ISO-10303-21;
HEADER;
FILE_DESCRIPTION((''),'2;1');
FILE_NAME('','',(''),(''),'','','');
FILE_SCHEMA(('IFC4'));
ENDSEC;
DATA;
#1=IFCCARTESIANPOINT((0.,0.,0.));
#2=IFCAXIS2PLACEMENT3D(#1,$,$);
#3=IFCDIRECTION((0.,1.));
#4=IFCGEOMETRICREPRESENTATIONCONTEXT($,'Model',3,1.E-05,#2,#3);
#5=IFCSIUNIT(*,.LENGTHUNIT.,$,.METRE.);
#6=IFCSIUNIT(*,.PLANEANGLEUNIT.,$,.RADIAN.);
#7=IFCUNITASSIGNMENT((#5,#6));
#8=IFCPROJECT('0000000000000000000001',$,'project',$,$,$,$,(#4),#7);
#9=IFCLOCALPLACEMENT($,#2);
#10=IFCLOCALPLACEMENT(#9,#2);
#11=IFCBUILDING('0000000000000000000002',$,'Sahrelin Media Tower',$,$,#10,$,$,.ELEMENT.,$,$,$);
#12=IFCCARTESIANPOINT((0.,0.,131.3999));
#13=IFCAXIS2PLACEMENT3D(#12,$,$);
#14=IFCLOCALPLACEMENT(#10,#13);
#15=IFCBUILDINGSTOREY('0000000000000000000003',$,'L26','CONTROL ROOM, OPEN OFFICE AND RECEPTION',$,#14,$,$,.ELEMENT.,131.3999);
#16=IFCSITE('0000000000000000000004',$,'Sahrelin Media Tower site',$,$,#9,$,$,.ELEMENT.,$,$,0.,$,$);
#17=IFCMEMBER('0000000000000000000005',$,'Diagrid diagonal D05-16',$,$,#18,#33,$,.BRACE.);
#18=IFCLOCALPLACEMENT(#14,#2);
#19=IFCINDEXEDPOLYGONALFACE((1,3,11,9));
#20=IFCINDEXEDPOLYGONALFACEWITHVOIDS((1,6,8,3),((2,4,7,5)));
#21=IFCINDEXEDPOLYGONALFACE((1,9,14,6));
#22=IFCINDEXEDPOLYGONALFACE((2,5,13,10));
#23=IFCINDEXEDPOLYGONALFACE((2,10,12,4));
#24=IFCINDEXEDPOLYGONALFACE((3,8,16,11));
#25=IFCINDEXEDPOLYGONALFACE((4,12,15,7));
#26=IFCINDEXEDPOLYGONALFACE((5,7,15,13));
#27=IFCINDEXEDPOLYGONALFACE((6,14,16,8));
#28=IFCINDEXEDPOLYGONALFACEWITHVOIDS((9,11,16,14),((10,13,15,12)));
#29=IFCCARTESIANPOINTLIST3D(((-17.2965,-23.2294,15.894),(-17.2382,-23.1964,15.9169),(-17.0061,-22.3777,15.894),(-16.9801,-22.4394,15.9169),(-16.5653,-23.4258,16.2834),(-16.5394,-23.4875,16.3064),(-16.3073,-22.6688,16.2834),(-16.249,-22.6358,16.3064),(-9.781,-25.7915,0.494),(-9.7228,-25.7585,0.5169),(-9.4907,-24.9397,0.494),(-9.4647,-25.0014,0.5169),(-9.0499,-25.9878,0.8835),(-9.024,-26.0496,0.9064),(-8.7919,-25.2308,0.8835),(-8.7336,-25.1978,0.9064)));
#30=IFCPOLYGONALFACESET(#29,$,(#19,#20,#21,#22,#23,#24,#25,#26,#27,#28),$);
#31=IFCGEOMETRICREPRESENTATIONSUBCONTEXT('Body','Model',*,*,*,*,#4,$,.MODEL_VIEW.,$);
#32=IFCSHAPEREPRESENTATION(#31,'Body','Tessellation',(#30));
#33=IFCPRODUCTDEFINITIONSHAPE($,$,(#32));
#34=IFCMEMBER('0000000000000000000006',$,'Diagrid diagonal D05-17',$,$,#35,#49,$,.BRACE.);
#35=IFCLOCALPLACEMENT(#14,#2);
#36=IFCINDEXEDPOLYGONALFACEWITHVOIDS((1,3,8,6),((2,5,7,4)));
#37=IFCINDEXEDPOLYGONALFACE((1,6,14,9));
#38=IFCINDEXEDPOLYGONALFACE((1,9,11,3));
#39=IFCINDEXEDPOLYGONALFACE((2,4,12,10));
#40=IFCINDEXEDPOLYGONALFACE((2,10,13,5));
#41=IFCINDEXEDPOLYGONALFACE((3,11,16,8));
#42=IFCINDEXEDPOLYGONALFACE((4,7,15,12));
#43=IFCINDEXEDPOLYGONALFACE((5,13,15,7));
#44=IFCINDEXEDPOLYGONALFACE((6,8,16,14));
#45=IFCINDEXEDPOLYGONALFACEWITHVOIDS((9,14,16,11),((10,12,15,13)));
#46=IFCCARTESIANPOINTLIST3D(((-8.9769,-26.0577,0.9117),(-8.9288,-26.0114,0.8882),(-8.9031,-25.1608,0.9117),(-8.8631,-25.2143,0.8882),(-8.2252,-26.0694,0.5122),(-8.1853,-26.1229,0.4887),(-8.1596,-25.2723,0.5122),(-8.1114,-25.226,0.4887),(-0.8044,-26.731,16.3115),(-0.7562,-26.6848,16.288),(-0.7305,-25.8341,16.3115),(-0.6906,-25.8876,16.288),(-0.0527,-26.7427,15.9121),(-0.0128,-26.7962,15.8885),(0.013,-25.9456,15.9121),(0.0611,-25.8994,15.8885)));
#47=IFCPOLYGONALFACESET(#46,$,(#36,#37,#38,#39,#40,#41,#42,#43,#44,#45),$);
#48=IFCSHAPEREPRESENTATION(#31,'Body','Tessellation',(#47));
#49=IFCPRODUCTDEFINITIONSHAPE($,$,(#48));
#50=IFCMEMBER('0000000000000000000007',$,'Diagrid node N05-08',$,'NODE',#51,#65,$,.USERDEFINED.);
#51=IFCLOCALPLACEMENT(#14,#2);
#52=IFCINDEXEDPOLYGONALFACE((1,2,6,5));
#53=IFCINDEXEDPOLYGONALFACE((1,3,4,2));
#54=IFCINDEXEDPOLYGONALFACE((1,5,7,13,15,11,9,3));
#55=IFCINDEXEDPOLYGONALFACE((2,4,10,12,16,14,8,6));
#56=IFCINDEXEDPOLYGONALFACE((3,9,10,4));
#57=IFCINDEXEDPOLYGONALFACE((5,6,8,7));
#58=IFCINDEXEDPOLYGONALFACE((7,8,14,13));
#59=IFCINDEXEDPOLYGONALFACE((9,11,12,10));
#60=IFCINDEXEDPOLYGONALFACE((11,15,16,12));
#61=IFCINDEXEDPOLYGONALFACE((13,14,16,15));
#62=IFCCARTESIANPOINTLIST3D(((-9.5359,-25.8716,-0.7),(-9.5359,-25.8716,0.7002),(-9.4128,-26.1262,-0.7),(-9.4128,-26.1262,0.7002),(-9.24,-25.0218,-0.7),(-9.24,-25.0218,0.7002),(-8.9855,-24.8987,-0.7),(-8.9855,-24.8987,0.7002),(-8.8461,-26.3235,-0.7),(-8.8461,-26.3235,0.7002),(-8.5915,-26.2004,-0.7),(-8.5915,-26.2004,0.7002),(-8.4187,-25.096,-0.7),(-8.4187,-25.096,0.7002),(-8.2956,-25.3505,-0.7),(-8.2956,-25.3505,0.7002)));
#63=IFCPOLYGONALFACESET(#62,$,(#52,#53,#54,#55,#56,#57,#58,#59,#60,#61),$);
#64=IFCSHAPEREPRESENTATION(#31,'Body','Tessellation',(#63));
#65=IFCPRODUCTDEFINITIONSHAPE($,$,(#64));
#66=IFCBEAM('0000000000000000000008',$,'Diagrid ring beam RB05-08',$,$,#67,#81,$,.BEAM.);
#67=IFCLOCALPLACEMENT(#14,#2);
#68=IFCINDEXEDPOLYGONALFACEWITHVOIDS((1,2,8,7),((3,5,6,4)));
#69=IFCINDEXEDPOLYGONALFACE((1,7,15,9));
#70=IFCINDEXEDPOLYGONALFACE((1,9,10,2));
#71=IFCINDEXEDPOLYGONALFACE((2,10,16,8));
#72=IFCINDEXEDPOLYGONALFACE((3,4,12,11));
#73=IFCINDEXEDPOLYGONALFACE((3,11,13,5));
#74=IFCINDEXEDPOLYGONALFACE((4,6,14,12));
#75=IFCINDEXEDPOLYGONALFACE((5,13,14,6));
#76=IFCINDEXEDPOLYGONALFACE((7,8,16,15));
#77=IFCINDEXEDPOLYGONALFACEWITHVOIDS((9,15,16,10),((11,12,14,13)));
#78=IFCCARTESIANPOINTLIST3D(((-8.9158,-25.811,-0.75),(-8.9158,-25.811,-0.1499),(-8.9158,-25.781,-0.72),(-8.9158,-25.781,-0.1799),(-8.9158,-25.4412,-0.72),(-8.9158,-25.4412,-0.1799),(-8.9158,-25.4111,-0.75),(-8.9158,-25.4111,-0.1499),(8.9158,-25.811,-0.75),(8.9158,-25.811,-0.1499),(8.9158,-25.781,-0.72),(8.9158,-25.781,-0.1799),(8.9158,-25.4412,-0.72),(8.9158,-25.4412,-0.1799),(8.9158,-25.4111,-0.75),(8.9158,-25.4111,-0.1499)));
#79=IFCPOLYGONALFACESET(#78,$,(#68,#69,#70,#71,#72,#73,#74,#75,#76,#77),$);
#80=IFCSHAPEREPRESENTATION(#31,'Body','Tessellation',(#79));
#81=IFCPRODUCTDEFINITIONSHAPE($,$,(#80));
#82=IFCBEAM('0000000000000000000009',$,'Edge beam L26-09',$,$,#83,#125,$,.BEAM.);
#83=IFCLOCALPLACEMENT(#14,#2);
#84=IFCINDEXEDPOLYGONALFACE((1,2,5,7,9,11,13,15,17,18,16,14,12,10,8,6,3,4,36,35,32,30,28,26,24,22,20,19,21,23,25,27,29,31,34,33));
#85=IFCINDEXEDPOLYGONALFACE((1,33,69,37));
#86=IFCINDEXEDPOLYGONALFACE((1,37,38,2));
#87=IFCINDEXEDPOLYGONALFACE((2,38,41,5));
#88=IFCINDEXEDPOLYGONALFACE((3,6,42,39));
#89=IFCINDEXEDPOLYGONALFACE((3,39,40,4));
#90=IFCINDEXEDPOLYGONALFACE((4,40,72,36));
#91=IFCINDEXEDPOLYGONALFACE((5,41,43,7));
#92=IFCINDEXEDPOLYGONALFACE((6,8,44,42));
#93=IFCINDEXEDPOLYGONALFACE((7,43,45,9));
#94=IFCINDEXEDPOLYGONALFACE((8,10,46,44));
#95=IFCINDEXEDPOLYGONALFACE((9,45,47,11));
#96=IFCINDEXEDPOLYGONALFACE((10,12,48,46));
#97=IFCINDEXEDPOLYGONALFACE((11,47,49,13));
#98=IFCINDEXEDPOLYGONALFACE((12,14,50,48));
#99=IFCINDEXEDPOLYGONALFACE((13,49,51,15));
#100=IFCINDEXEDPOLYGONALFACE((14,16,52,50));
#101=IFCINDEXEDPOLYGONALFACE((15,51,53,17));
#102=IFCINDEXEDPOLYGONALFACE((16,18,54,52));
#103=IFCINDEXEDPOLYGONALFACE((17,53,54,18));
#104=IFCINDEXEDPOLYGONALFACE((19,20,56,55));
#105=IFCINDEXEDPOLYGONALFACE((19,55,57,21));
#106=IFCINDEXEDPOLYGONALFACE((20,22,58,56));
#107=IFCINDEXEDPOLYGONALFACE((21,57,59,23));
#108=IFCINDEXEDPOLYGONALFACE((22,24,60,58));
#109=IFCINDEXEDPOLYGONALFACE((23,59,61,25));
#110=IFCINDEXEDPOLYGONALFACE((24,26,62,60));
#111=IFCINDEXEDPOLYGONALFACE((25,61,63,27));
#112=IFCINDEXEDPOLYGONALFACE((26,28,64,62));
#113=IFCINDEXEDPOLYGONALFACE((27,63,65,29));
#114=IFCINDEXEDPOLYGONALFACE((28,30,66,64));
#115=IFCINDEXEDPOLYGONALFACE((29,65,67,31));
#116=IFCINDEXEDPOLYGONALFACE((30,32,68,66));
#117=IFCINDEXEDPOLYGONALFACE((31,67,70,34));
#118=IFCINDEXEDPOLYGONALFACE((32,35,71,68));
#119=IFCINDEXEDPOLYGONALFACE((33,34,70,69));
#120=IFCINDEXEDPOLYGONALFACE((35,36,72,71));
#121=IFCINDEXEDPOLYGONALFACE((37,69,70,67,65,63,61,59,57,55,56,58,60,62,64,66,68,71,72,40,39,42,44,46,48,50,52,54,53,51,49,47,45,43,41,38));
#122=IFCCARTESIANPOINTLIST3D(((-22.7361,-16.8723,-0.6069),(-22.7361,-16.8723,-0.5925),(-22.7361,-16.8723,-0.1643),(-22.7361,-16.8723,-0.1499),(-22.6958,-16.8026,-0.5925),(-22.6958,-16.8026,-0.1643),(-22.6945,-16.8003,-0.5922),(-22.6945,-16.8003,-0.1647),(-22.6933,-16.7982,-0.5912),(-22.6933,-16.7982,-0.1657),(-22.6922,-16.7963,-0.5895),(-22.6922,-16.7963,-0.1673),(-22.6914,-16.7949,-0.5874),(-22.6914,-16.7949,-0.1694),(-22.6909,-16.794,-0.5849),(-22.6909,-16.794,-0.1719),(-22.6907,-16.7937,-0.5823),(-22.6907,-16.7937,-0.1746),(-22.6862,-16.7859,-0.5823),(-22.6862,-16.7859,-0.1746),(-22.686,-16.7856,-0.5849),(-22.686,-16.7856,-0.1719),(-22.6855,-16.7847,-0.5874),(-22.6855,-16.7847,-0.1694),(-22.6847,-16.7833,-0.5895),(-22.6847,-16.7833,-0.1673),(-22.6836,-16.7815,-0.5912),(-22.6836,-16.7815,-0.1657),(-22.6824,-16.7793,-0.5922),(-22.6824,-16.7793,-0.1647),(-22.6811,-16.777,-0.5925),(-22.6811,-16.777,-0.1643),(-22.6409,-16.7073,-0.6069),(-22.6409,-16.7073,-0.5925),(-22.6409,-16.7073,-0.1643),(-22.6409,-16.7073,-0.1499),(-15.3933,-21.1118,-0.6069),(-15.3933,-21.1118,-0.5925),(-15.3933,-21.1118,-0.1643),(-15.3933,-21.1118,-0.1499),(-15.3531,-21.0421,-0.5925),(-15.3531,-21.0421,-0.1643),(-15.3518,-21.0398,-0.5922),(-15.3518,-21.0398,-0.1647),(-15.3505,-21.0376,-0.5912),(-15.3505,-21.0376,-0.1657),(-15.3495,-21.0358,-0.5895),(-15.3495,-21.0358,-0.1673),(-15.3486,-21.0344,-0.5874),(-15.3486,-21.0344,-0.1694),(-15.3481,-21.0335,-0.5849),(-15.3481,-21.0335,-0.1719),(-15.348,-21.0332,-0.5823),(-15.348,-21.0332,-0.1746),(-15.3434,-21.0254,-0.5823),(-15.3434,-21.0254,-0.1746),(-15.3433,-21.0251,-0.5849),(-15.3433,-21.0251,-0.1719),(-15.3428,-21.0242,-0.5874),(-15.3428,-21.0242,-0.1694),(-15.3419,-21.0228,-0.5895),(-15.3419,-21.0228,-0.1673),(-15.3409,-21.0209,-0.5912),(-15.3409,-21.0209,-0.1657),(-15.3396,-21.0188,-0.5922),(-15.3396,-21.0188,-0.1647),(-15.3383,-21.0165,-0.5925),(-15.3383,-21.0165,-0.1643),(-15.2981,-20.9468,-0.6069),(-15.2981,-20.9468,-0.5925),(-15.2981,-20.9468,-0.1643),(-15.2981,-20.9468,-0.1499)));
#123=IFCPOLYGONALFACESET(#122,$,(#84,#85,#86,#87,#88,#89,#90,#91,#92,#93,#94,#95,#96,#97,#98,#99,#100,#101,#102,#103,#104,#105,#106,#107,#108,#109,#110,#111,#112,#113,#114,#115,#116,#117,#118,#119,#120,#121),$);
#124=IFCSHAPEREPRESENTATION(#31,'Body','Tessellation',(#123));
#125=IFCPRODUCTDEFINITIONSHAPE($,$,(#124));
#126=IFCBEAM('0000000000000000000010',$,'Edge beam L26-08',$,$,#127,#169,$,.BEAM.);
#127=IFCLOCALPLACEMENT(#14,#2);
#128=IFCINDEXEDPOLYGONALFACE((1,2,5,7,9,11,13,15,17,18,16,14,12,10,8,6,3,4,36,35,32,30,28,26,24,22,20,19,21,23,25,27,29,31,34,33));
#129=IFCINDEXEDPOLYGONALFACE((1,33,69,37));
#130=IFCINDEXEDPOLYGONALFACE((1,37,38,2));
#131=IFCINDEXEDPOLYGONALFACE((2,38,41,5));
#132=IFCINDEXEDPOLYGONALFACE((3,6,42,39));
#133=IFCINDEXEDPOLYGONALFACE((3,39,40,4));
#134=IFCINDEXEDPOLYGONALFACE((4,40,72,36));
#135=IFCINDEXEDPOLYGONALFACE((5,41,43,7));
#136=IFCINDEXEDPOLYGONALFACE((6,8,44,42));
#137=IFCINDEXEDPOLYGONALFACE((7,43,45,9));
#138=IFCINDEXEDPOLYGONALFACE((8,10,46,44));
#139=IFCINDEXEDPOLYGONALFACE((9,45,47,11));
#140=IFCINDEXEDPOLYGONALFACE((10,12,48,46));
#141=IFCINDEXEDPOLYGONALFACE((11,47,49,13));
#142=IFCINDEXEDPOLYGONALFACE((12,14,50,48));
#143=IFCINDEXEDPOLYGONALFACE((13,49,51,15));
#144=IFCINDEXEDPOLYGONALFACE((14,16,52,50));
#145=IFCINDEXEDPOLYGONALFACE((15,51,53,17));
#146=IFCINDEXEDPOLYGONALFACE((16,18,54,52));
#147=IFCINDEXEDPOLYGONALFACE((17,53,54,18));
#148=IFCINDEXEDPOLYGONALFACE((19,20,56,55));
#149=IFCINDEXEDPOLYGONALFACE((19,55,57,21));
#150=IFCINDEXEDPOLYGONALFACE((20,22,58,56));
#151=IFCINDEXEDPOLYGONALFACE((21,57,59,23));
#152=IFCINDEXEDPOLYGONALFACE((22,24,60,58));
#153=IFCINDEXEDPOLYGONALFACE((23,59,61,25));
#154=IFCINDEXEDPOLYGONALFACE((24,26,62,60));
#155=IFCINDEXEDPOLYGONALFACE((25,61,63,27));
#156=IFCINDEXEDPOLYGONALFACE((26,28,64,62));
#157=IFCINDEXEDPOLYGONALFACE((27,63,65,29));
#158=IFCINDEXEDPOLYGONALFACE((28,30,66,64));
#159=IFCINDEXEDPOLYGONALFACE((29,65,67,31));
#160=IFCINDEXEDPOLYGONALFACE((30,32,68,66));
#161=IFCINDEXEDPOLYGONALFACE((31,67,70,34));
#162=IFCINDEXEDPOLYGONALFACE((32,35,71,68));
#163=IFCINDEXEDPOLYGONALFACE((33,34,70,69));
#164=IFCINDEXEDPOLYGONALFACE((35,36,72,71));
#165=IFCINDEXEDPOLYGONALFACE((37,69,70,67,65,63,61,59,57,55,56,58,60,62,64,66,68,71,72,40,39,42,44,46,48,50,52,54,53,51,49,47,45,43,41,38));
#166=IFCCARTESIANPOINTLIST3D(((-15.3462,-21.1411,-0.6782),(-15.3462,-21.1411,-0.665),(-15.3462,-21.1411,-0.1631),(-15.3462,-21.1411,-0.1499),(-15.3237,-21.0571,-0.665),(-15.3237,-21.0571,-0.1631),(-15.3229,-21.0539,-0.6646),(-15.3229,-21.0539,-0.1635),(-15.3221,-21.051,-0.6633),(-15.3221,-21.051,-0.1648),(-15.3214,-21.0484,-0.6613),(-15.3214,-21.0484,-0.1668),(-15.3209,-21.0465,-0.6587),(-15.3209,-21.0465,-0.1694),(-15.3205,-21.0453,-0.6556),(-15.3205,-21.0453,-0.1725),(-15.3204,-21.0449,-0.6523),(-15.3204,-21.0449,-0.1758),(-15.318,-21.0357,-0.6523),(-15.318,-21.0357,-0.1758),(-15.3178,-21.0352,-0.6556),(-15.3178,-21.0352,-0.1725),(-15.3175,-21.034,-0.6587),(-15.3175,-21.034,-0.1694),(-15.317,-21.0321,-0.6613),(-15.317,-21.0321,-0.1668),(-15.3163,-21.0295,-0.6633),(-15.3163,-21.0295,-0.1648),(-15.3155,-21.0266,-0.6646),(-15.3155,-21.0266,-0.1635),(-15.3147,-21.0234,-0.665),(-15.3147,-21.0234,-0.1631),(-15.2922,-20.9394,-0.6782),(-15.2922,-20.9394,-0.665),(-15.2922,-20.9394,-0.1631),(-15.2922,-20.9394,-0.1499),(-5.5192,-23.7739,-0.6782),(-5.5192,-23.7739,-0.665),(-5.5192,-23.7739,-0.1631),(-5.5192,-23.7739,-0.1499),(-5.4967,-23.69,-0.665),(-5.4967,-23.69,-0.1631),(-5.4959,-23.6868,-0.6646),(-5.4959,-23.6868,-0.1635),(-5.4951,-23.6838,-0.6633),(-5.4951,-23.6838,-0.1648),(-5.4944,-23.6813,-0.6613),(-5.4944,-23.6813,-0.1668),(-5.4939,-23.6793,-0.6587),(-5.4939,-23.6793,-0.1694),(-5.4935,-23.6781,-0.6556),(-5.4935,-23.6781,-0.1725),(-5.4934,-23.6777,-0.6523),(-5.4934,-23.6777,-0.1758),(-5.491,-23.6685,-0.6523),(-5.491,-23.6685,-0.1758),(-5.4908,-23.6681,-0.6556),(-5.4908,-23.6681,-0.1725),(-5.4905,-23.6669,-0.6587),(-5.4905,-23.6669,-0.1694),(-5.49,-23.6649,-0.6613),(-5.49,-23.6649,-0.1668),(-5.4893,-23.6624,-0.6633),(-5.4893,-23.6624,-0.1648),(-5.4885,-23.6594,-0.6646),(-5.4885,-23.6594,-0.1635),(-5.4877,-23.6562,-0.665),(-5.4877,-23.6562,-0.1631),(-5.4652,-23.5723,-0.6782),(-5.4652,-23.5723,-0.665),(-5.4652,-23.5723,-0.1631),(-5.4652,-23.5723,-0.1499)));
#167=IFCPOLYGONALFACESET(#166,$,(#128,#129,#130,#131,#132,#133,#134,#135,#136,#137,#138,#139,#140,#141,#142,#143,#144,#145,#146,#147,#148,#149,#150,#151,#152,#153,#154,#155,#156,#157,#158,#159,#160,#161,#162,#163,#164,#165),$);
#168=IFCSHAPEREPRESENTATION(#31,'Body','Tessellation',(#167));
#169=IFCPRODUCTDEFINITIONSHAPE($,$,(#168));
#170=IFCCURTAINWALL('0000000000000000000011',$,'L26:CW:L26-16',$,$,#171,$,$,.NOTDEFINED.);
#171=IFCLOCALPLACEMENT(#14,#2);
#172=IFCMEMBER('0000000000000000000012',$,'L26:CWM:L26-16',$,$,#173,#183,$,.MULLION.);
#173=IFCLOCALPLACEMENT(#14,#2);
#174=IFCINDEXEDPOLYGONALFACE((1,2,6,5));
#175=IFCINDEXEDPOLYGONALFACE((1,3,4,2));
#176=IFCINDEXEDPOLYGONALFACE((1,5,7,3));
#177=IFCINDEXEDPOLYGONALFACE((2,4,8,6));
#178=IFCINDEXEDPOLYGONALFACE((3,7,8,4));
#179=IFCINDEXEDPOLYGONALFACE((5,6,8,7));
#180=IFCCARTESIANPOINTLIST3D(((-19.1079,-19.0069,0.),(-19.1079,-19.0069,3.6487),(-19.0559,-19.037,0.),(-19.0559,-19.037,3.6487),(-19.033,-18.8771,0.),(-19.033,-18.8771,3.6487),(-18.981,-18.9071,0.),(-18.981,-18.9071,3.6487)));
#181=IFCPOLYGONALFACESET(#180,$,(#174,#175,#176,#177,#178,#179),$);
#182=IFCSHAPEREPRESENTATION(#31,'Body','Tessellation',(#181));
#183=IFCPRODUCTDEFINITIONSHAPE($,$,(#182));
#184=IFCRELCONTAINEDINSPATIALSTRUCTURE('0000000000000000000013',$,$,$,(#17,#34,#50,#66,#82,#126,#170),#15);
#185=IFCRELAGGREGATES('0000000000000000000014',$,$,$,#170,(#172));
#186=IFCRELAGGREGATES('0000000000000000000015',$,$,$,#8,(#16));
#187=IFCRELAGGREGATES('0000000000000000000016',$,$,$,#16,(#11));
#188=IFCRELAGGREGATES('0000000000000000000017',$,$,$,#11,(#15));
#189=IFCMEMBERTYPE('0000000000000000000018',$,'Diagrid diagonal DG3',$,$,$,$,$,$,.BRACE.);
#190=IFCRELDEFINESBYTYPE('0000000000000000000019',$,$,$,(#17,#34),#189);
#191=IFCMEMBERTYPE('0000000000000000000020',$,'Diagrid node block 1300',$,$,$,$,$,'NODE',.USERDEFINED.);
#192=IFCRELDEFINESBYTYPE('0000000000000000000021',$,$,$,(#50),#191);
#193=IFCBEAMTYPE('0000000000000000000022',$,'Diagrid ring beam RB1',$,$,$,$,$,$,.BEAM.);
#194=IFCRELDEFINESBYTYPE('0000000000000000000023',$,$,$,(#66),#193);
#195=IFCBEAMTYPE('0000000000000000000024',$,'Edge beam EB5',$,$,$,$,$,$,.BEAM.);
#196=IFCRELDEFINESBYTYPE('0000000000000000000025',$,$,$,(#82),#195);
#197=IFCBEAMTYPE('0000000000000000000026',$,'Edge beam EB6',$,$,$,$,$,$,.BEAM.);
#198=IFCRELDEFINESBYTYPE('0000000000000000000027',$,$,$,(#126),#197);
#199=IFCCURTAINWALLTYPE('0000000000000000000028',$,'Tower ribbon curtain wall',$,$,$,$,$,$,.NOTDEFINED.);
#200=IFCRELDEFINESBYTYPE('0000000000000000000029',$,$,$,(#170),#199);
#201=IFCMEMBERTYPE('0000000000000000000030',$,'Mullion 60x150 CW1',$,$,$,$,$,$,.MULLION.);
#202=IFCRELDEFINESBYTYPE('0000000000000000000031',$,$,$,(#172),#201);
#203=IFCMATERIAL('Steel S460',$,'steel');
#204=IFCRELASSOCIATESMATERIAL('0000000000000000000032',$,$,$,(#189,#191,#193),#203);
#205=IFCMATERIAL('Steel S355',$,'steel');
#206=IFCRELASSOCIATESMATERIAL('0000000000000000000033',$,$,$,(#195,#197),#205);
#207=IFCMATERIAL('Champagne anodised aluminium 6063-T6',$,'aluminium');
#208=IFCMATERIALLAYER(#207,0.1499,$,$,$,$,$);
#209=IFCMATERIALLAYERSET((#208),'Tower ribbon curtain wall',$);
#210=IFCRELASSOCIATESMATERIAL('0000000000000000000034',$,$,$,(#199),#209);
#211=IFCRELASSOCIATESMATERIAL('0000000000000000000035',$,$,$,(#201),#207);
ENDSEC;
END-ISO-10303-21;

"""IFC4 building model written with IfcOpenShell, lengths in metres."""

from ifc_helpers import new_model, si_unit, direction, frame, origin, origin_2d, place, context, subcontext, project, spatial, polyline, rectangle, hollow_rectangle, i_section, outline, extrude, material, layer, layer_set, material_profile, profile_set, type_object, element, aggregate, save


model = new_model("IFC4")

# Units and contexts
model_context = context("Model", 3, precision=1e-05, world=origin(), true_north=direction((0.0, 1.0)))
body_context = subcontext(model_context, "Body", "Model", "MODEL_VIEW")
ifc_project = project(units=[si_unit("LENGTHUNIT", "METRE"), si_unit("PLANEANGLEUNIT", "RADIAN")], contexts=[model_context])

# Site, building, storey
site_placement = place(None, origin())
site = spatial("IfcSite", under=ifc_project, at=site_placement, Name="Sahrelin Media Tower site", CompositionType="ELEMENT", RefElevation=0.0)
building_placement = place(site_placement, origin())
building = spatial("IfcBuilding", under=site, at=building_placement, Name="Sahrelin Media Tower", CompositionType="ELEMENT")
storey_placement = place(building_placement, frame((0.0, 0.0, 131.3999)))
storey = spatial("IfcBuildingStorey", under=building, at=storey_placement, Name="L26", Description="CONTROL ROOM, OPEN OFFICE AND RECEPTION", CompositionType="ELEMENT", Elevation=131.3999)

# Members
ifc_material_1 = material(Name="Steel S460", Category="steel")
ifc_material_profile_1 = material_profile(ifc_material_1, hollow_rectangle(XDim=0.8999, YDim=0.8999, WallThickness=0.05, at=origin_2d()), Name="Diagrid diagonal DG3")
ifc_profile_set_1 = profile_set([ifc_material_profile_1], Name="Steel S460")
member_type_1 = type_object("IfcMemberType", Name="Diagrid diagonal DG3", PredefinedType="BRACE", material=ifc_profile_set_1)
member_1_placement = place(storey_placement, frame((-9.2573, -25.4946, 0.7002), z_axis=(-0.433755, 0.147868, 0.888815), x_axis=(-0.322668, -0.946512, 0.0)))
element("IfcMember", 1, at=member_1_placement, inside=storey, type_object=member_type_1, Name="Diagrid diagonal D05-16", PredefinedType="BRACE", context=body_context, shape_type="SweptSolid", body=[
    extrude(hollow_rectangle(XDim=0.8999, YDim=0.8999, WallThickness=0.05, at=origin_2d()), origin(), (0.0, 0.0, 1.0), 17.3264),
])
member_2_placement = place(storey_placement, frame((-8.5442, -25.6418, 0.7002), z_axis=(0.468422, -0.038593, 0.882662), x_axis=(0.082112, 0.996623, 0.0)))
element("IfcMember", 2, at=member_2_placement, inside=storey, type_object=member_type_1, Name="Diagrid diagonal D05-17", PredefinedType="BRACE", context=body_context, shape_type="SweptSolid", body=[
    extrude(hollow_rectangle(XDim=0.8999, YDim=0.8999, WallThickness=0.05, at=origin_2d()), origin(), (0.0, 0.0, 1.0), 17.447),
])
ifc_material_profile_2 = material_profile(ifc_material_1, outline(polyline([(0.45, -0.5), (0.6499, -0.3), (0.6499, 0.3), (0.45, 0.5), (-0.45, 0.5), (-0.6499, 0.3), (-0.6499, -0.3), (-0.45, -0.5), (0.45, -0.5)])), Name="Diagrid node block 1300")
ifc_profile_set_2 = profile_set([ifc_material_profile_2], Name="Steel S460")
member_type_2 = type_object("IfcMemberType", Name="Diagrid node block 1300", ElementType="NODE", PredefinedType="USERDEFINED", material=ifc_profile_set_2)
member_3_placement = place(storey_placement, frame((-8.9158, -25.6111, -0.7), z_axis=(0.0, 0.0, 1.0), x_axis=(-0.328769, -0.94441, 0.0)))
element("IfcMember", 3, at=member_3_placement, inside=storey, type_object=member_type_2, Name="Diagrid node N05-08", ObjectType="NODE", PredefinedType="USERDEFINED", context=body_context, shape_type="SweptSolid", body=[
    extrude(outline(polyline([(0.45, -0.5), (0.6499, -0.3), (0.6499, 0.3), (0.45, 0.5), (-0.45, 0.5), (-0.6499, 0.3), (-0.6499, -0.3), (-0.45, -0.5), (0.45, -0.5)])), origin(), (0.0, 0.0, 1.0), 1.4001),
])

# Beams
ifc_material_profile_3 = material_profile(ifc_material_1, hollow_rectangle(XDim=0.3999, YDim=0.6001, WallThickness=0.03, at=origin_2d()), Name="Diagrid ring beam RB1")
ifc_profile_set_3 = profile_set([ifc_material_profile_3], Name="Steel S460")
beam_type_1 = type_object("IfcBeamType", Name="Diagrid ring beam RB1", PredefinedType="BEAM", material=ifc_profile_set_3)
beam_1_placement = place(storey_placement, frame((-8.9158, -25.6111, -0.45), z_axis=(1.0, 0.0, 0.0), x_axis=(0.0, 1.0, 0.0)))
element("IfcBeam", 4, at=beam_1_placement, inside=storey, type_object=beam_type_1, Name="Diagrid ring beam RB05-08", PredefinedType="BEAM", context=body_context, shape_type="SweptSolid", body=[
    extrude(hollow_rectangle(XDim=0.3999, YDim=0.6001, WallThickness=0.03, at=origin_2d()), origin(), (0.0, 0.0, 1.0), 17.8315),
])
ifc_material_2 = material(Name="Steel S355", Category="steel")
ifc_material_profile_4 = material_profile(ifc_material_2, i_section(OverallWidth=0.1904, OverallDepth=0.457, WebThickness=0.009, FlangeThickness=0.0144, FilletRadius=0.0103, at=origin_2d()), Name="UB 457x191x74")
ifc_profile_set_4 = profile_set([ifc_material_profile_4], Name="Steel S355")
beam_type_2 = type_object("IfcBeamType", Name="Edge beam EB5", PredefinedType="BEAM", material=ifc_profile_set_4)
beam_2_placement = place(storey_placement, frame((-15.3457, -21.0293, -0.3784), z_axis=(-0.866018, 0.500013, 0.0), x_axis=(-0.500013, -0.866018, 0.0)))
element("IfcBeam", 5, at=beam_2_placement, inside=storey, type_object=beam_type_2, Name="Edge beam L26-09", PredefinedType="BEAM", context=body_context, shape_type="SweptSolid", body=[
    extrude(i_section(OverallWidth=0.1904, OverallDepth=0.457, WebThickness=0.009, FlangeThickness=0.0144, FilletRadius=0.0103, at=origin_2d()), origin(), (0.0, 0.0, 1.0), 8.4788),
])
ifc_material_profile_5 = material_profile(ifc_material_2, i_section(OverallWidth=0.2087, OverallDepth=0.5283, WebThickness=0.0095, FlangeThickness=0.0132, FilletRadius=0.0127, at=origin_2d()), Name="UB 533x210x82")
ifc_profile_set_5 = profile_set([ifc_material_profile_5], Name="Steel S355")
beam_type_3 = type_object("IfcBeamType", Name="Edge beam EB6", PredefinedType="BEAM", material=ifc_profile_set_5)
beam_3_placement = place(storey_placement, frame((-5.4922, -23.6731, -0.4141), z_axis=(-0.965933, 0.258792, 0.0), x_axis=(-0.258792, -0.965933, 0.0)))
element("IfcBeam", 6, at=beam_3_placement, inside=storey, type_object=beam_type_3, Name="Edge beam L26-08", PredefinedType="BEAM", context=body_context, shape_type="SweptSolid", body=[
    extrude(i_section(OverallWidth=0.2087, OverallDepth=0.5283, WebThickness=0.0095, FlangeThickness=0.0132, FilletRadius=0.0127, at=origin_2d()), origin(), (0.0, 0.0, 1.0), 10.1736),
])

# Curtain wall, member
ifc_material_3 = material(Name="Champagne anodised aluminium 6063-T6", Category="aluminium")
ifc_layer_1 = layer(ifc_material_3, 0.1499)
ifc_layer_set_1 = layer_set([ifc_layer_1], Name="Tower ribbon curtain wall")
curtain_wall_type = type_object("IfcCurtainWallType", Name="Tower ribbon curtain wall", PredefinedType="NOTDEFINED", material=ifc_layer_set_1)
curtain_wall_1_placement = place(storey_placement, frame((-19.092, -19.0393, 0.0), z_axis=(0.0, 0.0, 1.0), x_axis=(1.0, 0.0, 0.0)))
curtain_wall_1 = element("IfcCurtainWall", 7, at=curtain_wall_1_placement, inside=storey, type_object=curtain_wall_type, Name="L26:CW:L26-16", PredefinedType="NOTDEFINED")
ifc_material_profile_6 = material_profile(ifc_material_3, rectangle(XDim=0.0601, YDim=0.1499, at=origin_2d()), Name="Mullion 60x150")
ifc_profile_set_6 = profile_set([ifc_material_profile_6], Name="Champagne anodised aluminium 6063-T6")
member_type_3 = type_object("IfcMemberType", Name="Mullion 60x150 CW1", PredefinedType="MULLION", material=ifc_profile_set_6)
member_4_placement = place(storey_placement, frame((-19.0444, -18.957, 0.0), z_axis=(0.0, 0.0, 1.0), x_axis=(0.866029, -0.499994, 0.0)))
member_4 = element("IfcMember", 8, at=member_4_placement, type_object=member_type_3, Name="L26:CWM:L26-16", PredefinedType="MULLION", context=body_context, shape_type="SweptSolid", body=[
    extrude(rectangle(XDim=0.0601, YDim=0.1499, at=origin_2d()), origin(), (0.0, 0.0, 1.0), 3.6487),
])
aggregate(curtain_wall_1, [member_4])

save(model, "model.ifc")
